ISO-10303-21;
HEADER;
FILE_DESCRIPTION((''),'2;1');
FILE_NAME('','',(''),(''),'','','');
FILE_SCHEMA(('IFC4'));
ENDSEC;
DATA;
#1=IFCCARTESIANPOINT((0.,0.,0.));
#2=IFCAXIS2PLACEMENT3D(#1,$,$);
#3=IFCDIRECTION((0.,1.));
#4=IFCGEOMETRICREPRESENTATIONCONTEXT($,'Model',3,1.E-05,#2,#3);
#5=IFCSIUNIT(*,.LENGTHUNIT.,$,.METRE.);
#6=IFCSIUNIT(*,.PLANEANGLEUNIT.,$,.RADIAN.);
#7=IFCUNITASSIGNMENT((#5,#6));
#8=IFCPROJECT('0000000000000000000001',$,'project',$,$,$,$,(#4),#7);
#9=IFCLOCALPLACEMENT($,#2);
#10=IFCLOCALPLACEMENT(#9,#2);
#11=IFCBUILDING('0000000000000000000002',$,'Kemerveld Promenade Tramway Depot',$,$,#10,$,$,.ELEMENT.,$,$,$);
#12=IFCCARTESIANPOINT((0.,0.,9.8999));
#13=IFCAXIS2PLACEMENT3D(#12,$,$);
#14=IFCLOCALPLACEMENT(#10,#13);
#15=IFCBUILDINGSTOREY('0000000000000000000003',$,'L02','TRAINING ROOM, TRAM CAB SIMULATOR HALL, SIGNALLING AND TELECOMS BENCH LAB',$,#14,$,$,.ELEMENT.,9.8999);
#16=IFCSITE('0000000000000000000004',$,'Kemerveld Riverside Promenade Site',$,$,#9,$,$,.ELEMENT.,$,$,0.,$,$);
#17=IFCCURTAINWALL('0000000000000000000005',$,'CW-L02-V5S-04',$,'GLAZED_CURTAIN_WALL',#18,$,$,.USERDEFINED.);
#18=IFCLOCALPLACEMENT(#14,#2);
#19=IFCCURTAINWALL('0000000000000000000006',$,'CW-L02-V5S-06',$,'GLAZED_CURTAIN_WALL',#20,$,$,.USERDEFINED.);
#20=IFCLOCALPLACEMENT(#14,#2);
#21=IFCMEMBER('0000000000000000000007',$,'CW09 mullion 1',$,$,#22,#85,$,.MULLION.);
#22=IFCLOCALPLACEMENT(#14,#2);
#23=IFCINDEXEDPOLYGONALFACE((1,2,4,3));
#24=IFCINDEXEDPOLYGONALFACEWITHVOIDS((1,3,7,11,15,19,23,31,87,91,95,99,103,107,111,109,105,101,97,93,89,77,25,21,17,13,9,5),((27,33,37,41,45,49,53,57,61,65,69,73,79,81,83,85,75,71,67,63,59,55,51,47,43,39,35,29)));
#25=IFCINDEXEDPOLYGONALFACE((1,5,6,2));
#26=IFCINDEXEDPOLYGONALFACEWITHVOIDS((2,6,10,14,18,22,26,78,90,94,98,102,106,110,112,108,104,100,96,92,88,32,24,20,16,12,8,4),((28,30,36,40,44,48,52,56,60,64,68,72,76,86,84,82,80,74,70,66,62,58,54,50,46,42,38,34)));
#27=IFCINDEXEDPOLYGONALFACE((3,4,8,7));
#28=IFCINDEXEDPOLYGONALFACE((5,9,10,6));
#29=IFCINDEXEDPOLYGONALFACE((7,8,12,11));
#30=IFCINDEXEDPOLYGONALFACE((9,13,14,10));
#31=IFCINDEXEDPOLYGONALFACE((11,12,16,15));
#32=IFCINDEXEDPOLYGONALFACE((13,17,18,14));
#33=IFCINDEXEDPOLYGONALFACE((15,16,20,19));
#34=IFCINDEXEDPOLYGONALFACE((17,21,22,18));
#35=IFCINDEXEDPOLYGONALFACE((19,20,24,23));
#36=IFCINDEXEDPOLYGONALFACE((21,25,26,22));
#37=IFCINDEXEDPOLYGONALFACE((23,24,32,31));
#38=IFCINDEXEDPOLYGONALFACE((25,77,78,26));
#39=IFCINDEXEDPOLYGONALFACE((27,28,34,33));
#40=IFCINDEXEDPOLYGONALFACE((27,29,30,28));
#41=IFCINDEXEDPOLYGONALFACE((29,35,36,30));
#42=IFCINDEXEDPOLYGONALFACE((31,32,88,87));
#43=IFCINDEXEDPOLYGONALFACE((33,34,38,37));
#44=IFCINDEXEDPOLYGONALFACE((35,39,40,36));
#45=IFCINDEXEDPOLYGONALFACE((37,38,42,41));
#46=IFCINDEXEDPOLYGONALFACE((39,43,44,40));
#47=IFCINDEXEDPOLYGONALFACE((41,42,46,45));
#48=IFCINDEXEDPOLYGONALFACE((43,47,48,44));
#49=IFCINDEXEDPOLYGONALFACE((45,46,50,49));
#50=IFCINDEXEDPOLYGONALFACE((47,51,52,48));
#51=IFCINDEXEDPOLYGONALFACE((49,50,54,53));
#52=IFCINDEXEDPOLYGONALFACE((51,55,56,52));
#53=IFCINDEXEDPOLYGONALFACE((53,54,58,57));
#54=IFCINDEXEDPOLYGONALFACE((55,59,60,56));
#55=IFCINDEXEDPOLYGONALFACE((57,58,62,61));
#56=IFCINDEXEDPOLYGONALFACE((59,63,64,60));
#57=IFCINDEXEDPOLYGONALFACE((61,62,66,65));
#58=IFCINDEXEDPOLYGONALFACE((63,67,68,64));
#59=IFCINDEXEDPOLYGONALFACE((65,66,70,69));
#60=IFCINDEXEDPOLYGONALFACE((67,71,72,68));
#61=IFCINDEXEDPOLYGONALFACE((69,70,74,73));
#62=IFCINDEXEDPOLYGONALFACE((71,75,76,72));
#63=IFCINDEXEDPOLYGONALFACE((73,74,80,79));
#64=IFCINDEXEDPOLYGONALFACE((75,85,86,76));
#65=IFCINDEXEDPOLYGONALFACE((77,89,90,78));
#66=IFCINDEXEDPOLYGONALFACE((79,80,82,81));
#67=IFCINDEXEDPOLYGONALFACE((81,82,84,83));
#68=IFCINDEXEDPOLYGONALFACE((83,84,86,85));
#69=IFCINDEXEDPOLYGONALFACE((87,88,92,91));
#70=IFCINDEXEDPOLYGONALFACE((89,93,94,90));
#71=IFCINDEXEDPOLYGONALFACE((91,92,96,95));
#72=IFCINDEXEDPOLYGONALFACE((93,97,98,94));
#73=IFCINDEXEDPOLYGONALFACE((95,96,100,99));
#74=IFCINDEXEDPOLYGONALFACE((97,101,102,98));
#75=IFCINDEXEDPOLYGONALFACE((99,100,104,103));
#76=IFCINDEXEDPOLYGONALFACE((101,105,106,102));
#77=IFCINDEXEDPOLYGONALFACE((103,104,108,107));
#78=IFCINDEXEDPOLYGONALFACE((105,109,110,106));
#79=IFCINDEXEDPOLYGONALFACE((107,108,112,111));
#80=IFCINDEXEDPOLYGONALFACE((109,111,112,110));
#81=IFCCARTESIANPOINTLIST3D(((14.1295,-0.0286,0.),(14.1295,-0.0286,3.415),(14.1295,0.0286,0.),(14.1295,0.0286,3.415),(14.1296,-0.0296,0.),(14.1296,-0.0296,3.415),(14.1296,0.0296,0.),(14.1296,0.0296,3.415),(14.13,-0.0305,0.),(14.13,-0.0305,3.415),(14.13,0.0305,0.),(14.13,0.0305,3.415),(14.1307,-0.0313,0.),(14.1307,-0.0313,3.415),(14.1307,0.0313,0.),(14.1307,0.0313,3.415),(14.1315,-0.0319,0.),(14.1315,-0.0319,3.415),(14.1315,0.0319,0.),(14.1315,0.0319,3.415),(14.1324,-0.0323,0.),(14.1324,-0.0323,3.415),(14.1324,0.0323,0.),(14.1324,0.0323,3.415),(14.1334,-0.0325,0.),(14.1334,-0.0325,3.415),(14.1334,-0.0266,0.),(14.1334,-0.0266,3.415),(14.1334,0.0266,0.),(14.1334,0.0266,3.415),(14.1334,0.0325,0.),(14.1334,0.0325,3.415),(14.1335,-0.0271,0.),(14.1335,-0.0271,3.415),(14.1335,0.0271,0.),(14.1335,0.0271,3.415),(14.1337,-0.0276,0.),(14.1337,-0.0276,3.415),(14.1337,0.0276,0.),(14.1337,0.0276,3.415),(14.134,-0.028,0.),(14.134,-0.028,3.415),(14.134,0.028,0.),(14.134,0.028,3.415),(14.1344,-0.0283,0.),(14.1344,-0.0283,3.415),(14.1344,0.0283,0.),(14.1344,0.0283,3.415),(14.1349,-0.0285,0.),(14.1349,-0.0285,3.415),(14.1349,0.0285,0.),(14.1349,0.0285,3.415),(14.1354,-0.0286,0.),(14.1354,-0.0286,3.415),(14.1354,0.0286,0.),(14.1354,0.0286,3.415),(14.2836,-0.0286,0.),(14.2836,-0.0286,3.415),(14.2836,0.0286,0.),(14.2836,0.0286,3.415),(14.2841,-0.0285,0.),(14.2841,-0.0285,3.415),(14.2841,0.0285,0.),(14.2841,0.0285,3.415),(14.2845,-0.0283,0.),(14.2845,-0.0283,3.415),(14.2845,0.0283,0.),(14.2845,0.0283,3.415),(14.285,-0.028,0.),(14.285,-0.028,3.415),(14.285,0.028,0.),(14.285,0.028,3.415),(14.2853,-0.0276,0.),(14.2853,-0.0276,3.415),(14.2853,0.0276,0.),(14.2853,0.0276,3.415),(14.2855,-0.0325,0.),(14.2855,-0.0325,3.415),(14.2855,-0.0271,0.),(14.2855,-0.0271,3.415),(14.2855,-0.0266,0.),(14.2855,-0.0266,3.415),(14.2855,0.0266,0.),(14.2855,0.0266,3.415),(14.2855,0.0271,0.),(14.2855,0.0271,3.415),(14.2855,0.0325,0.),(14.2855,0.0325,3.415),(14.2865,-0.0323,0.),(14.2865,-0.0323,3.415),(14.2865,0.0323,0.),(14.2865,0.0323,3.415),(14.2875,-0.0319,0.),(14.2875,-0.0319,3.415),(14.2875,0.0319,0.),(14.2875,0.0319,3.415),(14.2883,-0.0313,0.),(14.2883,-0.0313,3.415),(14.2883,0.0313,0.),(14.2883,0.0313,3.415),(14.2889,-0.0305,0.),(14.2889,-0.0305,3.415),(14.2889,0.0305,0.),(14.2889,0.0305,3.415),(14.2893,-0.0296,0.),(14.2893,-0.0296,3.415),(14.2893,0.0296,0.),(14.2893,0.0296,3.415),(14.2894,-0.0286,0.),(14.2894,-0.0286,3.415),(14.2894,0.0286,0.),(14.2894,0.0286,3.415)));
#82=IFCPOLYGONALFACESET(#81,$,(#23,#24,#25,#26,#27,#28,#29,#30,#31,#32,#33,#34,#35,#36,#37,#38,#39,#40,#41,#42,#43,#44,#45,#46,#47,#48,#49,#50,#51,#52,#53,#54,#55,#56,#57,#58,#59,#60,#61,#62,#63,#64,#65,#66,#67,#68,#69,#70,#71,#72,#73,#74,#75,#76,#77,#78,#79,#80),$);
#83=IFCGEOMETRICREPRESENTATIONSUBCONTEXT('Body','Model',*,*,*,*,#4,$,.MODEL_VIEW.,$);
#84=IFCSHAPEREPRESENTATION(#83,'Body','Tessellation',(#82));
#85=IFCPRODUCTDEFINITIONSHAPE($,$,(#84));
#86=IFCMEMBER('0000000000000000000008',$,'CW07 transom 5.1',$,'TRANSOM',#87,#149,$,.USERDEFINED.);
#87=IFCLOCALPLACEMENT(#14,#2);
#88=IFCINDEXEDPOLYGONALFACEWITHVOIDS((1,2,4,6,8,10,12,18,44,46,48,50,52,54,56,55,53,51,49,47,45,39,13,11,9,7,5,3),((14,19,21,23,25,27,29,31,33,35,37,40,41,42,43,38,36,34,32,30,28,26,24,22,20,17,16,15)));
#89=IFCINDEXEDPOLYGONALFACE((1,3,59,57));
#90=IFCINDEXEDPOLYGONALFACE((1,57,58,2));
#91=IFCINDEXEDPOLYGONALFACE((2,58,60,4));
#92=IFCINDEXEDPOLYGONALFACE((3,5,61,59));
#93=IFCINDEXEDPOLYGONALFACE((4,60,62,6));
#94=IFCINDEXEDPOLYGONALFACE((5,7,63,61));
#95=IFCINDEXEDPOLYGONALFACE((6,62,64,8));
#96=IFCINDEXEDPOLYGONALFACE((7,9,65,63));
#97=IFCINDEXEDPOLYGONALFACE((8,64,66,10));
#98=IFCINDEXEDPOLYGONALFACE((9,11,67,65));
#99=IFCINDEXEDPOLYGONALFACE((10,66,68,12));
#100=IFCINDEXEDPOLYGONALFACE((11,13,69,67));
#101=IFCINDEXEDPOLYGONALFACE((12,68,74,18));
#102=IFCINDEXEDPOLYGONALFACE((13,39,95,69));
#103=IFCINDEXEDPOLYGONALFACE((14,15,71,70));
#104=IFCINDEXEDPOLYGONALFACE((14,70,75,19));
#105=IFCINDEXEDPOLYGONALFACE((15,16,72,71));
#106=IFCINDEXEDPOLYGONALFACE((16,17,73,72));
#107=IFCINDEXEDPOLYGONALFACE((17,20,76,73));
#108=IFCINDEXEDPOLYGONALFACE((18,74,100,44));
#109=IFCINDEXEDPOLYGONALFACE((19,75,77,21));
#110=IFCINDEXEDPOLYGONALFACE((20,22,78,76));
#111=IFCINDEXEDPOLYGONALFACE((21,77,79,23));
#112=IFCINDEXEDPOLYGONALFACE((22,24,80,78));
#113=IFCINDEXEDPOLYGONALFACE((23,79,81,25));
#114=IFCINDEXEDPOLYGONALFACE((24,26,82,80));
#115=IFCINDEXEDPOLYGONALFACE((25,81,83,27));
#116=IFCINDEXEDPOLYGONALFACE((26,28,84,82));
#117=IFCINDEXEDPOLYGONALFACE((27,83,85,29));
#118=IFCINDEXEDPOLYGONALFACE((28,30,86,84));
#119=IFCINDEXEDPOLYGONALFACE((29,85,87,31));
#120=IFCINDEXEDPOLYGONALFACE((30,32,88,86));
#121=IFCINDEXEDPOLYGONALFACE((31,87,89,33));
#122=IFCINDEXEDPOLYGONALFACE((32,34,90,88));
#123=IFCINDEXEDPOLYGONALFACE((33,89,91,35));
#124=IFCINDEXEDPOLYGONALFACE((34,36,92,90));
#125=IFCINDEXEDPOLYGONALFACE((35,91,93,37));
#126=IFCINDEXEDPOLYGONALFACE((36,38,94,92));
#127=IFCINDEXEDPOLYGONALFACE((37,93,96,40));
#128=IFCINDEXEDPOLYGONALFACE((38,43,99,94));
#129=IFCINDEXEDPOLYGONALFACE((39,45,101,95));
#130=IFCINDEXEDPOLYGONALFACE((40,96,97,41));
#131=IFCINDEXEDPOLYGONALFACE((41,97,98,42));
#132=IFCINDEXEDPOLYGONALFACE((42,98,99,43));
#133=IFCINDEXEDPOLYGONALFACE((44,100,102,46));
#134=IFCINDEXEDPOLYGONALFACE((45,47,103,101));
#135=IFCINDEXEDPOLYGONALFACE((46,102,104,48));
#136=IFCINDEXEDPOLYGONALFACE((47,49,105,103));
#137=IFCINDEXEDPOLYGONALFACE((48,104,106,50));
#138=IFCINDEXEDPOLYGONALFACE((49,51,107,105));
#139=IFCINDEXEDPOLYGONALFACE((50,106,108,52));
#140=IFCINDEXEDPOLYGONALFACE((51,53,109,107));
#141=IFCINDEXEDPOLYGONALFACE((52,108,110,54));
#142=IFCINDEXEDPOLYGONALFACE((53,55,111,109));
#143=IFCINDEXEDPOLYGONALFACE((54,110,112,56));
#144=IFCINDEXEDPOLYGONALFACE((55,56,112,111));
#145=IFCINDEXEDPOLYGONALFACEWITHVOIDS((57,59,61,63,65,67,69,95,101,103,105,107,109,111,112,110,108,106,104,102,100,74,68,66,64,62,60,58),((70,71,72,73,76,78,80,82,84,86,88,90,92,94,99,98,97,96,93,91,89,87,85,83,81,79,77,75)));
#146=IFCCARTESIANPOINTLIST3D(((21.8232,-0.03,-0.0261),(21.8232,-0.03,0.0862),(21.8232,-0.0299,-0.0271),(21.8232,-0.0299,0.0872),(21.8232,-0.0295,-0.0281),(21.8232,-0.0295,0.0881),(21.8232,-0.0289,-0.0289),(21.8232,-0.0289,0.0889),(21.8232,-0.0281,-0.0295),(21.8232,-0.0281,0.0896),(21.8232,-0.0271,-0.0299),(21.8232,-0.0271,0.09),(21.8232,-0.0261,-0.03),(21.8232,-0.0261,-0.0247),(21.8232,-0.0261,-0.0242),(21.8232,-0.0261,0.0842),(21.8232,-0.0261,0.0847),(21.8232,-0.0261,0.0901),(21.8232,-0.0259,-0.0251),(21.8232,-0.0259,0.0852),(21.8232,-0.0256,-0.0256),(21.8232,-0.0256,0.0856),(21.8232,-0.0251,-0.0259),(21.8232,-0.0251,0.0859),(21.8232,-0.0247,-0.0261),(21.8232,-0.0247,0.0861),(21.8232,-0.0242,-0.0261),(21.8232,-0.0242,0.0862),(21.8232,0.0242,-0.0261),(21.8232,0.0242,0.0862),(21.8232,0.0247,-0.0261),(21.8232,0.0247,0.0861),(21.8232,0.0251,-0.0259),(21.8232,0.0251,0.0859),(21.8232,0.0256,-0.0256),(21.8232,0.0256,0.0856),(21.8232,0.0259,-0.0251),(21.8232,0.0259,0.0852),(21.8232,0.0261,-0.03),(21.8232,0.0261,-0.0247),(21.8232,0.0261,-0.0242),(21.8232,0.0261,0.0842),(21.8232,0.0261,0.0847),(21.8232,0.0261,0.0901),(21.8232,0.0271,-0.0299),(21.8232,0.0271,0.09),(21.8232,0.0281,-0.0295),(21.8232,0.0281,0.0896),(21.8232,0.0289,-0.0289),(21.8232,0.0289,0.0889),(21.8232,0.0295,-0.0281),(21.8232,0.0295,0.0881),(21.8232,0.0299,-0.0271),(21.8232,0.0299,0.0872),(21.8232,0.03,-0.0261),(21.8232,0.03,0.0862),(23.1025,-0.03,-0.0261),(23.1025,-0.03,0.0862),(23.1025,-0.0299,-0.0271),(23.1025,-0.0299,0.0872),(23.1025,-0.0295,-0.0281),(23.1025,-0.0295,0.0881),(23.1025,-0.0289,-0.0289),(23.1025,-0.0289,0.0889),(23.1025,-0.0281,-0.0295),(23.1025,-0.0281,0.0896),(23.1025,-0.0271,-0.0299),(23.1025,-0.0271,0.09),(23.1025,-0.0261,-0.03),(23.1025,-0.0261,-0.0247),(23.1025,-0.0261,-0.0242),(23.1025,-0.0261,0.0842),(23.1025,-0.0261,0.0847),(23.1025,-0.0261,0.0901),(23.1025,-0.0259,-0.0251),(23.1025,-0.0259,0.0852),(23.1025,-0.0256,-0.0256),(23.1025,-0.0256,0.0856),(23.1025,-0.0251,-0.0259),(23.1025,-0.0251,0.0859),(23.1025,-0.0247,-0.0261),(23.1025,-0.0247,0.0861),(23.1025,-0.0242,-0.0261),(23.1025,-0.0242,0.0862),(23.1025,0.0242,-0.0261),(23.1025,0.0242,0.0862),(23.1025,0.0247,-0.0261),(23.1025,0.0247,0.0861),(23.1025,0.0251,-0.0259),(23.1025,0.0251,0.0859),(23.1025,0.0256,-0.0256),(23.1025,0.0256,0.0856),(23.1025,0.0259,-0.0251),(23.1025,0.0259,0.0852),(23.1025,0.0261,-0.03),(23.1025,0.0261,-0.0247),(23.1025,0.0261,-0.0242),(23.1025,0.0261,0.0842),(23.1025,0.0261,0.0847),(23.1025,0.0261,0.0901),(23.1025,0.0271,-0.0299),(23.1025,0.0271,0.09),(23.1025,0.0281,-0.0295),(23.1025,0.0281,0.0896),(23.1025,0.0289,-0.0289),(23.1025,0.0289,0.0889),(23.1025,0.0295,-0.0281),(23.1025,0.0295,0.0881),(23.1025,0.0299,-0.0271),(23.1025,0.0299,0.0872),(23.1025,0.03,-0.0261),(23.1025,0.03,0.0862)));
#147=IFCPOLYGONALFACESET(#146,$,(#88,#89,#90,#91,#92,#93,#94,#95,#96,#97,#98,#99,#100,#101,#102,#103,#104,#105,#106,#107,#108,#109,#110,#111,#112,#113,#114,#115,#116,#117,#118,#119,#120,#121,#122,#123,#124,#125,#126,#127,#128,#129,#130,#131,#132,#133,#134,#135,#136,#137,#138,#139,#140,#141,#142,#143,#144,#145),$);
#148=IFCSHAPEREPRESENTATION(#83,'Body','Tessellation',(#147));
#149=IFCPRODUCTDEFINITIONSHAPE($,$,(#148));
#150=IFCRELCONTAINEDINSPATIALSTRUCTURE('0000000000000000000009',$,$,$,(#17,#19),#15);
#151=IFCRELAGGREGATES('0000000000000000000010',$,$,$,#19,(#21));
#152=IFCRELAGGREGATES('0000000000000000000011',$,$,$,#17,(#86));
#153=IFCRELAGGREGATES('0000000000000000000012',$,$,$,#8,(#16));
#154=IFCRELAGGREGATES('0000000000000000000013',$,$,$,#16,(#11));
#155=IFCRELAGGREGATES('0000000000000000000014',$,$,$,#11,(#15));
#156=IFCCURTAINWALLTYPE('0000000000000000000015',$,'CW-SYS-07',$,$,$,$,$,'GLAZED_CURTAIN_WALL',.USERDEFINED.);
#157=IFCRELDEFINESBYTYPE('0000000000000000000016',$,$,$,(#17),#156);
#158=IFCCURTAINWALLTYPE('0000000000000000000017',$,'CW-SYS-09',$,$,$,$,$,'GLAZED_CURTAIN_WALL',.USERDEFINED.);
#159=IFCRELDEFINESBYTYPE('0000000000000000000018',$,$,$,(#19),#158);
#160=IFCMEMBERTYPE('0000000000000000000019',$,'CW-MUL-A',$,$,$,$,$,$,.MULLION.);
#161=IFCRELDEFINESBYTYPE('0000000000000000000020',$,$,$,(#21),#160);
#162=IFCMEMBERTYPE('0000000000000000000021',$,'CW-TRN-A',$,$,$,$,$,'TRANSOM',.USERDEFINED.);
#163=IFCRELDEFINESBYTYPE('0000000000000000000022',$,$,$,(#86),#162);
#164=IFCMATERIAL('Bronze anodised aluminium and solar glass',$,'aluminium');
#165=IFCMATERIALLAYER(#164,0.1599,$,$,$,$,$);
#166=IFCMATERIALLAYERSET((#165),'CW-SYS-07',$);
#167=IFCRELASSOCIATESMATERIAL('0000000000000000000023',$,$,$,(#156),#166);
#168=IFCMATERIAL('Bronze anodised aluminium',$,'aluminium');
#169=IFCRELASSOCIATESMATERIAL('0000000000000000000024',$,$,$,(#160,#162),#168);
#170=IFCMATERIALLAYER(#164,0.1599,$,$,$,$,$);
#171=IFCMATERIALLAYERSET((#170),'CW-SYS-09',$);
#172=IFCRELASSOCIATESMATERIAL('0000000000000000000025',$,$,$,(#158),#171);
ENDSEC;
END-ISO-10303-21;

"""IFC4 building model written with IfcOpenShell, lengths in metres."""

from ifc_helpers import new_model, si_unit, direction, frame, origin, origin_2d, place, context, subcontext, project, spatial, hollow_rectangle, extrude, material, layer, layer_set, material_profile, profile_set, type_object, element, aggregate, save


model = new_model("IFC4")

# Units and contexts
model_context = context("Model", 3, precision=1e-05, world=origin(), true_north=direction((0.0, 1.0)))
body_context = subcontext(model_context, "Body", "Model", "MODEL_VIEW")
ifc_project = project(units=[si_unit("LENGTHUNIT", "METRE"), si_unit("PLANEANGLEUNIT", "RADIAN")], contexts=[model_context])

# Site, building, storey
site_placement = place(None, origin())
site = spatial("IfcSite", under=ifc_project, at=site_placement, Name="Kemerveld Riverside Promenade Site", CompositionType="ELEMENT", RefElevation=0.0)
building_placement = place(site_placement, origin())
building = spatial("IfcBuilding", under=site, at=building_placement, Name="Kemerveld Promenade Tramway Depot", CompositionType="ELEMENT")
storey_placement = place(building_placement, frame((0.0, 0.0, 9.8999)))
storey = spatial("IfcBuildingStorey", under=building, at=storey_placement, Name="L02", Description="TRAINING ROOM, TRAM CAB SIMULATOR HALL, SIGNALLING AND TELECOMS BENCH LAB", CompositionType="ELEMENT", Elevation=9.8999)

# Curtain wall
ifc_material_1 = material(Name="Bronze anodised aluminium and solar glass", Category="aluminium")
ifc_layer_1 = layer(ifc_material_1, 0.1599)
ifc_layer_set_1 = layer_set([ifc_layer_1], Name="CW-SYS-07")
curtain_wall_type_1 = type_object("IfcCurtainWallType", Name="CW-SYS-07", ElementType="GLAZED_CURTAIN_WALL", PredefinedType="USERDEFINED", material=ifc_layer_set_1)
curtain_wall_1_placement = place(storey_placement, origin())
curtain_wall_1 = element("IfcCurtainWall", 1, at=curtain_wall_1_placement, inside=storey, type_object=curtain_wall_type_1, Name="CW-L02-V5S-04", ObjectType="GLAZED_CURTAIN_WALL", PredefinedType="USERDEFINED")
ifc_material_2 = material(Name="Bronze anodised aluminium", Category="aluminium")
ifc_material_profile_1 = material_profile(ifc_material_2, hollow_rectangle(XDim=0.0649, YDim=0.1599, WallThickness=0.0039, InnerFilletRadius=0.002, OuterFilletRadius=0.0039, at=origin_2d()), Name="CW-MUL-160x65")
ifc_profile_set_1 = profile_set([ifc_material_profile_1], Name="Bronze anodised aluminium")
member_type_1 = type_object("IfcMemberType", Name="CW-MUL-A", PredefinedType="MULLION", material=ifc_profile_set_1)

# Curtain wall, member
ifc_layer_2 = layer(ifc_material_1, 0.1599)
ifc_layer_set_2 = layer_set([ifc_layer_2], Name="CW-SYS-09")
curtain_wall_type_2 = type_object("IfcCurtainWallType", Name="CW-SYS-09", ElementType="GLAZED_CURTAIN_WALL", PredefinedType="USERDEFINED", material=ifc_layer_set_2)
curtain_wall_2_placement = place(storey_placement, origin())
curtain_wall_2 = element("IfcCurtainWall", 2, at=curtain_wall_2_placement, inside=storey, type_object=curtain_wall_type_2, Name="CW-L02-V5S-06", ObjectType="GLAZED_CURTAIN_WALL", PredefinedType="USERDEFINED")
member_1_placement = place(storey_placement, frame((14.2095, 0.0, 0.0), z_axis=(0.0, 0.0, 1.0), x_axis=(0.0, -1.0, 0.0)))
member_1 = element("IfcMember", 3, at=member_1_placement, type_object=member_type_1, Name="CW09 mullion 1", PredefinedType="MULLION", context=body_context, shape_type="SweptSolid", body=[
    extrude(hollow_rectangle(XDim=0.0649, YDim=0.1599, WallThickness=0.0039, InnerFilletRadius=0.002, OuterFilletRadius=0.0039, at=origin_2d()), origin(), (0.0, 0.0, 1.0), 3.415),
])

# Member
ifc_material_profile_2 = material_profile(ifc_material_2, hollow_rectangle(XDim=0.0601, YDim=0.1201, WallThickness=0.0039, InnerFilletRadius=0.002, OuterFilletRadius=0.0039, at=origin_2d()), Name="CW-TRN-120x60")
ifc_profile_set_2 = profile_set([ifc_material_profile_2], Name="Bronze anodised aluminium")
member_type_2 = type_object("IfcMemberType", Name="CW-TRN-A", ElementType="TRANSOM", PredefinedType="USERDEFINED", material=ifc_profile_set_2)
member_2_placement = place(storey_placement, frame((23.1025, 0.0, 0.03), z_axis=(-1.0, 0.0, 0.0), x_axis=(0.0, -1.0, 0.0)))
member_2 = element("IfcMember", 4, at=member_2_placement, type_object=member_type_2, Name="CW07 transom 5.1", ObjectType="TRANSOM", PredefinedType="USERDEFINED", context=body_context, shape_type="SweptSolid", body=[
    extrude(hollow_rectangle(XDim=0.0601, YDim=0.1201, WallThickness=0.0039, InnerFilletRadius=0.002, OuterFilletRadius=0.0039, at=origin_2d()), origin(), (0.0, 0.0, 1.0), 1.2793),
])

aggregate(curtain_wall_2, [member_1])
aggregate(curtain_wall_1, [member_2])

save(model, "model.ifc")
